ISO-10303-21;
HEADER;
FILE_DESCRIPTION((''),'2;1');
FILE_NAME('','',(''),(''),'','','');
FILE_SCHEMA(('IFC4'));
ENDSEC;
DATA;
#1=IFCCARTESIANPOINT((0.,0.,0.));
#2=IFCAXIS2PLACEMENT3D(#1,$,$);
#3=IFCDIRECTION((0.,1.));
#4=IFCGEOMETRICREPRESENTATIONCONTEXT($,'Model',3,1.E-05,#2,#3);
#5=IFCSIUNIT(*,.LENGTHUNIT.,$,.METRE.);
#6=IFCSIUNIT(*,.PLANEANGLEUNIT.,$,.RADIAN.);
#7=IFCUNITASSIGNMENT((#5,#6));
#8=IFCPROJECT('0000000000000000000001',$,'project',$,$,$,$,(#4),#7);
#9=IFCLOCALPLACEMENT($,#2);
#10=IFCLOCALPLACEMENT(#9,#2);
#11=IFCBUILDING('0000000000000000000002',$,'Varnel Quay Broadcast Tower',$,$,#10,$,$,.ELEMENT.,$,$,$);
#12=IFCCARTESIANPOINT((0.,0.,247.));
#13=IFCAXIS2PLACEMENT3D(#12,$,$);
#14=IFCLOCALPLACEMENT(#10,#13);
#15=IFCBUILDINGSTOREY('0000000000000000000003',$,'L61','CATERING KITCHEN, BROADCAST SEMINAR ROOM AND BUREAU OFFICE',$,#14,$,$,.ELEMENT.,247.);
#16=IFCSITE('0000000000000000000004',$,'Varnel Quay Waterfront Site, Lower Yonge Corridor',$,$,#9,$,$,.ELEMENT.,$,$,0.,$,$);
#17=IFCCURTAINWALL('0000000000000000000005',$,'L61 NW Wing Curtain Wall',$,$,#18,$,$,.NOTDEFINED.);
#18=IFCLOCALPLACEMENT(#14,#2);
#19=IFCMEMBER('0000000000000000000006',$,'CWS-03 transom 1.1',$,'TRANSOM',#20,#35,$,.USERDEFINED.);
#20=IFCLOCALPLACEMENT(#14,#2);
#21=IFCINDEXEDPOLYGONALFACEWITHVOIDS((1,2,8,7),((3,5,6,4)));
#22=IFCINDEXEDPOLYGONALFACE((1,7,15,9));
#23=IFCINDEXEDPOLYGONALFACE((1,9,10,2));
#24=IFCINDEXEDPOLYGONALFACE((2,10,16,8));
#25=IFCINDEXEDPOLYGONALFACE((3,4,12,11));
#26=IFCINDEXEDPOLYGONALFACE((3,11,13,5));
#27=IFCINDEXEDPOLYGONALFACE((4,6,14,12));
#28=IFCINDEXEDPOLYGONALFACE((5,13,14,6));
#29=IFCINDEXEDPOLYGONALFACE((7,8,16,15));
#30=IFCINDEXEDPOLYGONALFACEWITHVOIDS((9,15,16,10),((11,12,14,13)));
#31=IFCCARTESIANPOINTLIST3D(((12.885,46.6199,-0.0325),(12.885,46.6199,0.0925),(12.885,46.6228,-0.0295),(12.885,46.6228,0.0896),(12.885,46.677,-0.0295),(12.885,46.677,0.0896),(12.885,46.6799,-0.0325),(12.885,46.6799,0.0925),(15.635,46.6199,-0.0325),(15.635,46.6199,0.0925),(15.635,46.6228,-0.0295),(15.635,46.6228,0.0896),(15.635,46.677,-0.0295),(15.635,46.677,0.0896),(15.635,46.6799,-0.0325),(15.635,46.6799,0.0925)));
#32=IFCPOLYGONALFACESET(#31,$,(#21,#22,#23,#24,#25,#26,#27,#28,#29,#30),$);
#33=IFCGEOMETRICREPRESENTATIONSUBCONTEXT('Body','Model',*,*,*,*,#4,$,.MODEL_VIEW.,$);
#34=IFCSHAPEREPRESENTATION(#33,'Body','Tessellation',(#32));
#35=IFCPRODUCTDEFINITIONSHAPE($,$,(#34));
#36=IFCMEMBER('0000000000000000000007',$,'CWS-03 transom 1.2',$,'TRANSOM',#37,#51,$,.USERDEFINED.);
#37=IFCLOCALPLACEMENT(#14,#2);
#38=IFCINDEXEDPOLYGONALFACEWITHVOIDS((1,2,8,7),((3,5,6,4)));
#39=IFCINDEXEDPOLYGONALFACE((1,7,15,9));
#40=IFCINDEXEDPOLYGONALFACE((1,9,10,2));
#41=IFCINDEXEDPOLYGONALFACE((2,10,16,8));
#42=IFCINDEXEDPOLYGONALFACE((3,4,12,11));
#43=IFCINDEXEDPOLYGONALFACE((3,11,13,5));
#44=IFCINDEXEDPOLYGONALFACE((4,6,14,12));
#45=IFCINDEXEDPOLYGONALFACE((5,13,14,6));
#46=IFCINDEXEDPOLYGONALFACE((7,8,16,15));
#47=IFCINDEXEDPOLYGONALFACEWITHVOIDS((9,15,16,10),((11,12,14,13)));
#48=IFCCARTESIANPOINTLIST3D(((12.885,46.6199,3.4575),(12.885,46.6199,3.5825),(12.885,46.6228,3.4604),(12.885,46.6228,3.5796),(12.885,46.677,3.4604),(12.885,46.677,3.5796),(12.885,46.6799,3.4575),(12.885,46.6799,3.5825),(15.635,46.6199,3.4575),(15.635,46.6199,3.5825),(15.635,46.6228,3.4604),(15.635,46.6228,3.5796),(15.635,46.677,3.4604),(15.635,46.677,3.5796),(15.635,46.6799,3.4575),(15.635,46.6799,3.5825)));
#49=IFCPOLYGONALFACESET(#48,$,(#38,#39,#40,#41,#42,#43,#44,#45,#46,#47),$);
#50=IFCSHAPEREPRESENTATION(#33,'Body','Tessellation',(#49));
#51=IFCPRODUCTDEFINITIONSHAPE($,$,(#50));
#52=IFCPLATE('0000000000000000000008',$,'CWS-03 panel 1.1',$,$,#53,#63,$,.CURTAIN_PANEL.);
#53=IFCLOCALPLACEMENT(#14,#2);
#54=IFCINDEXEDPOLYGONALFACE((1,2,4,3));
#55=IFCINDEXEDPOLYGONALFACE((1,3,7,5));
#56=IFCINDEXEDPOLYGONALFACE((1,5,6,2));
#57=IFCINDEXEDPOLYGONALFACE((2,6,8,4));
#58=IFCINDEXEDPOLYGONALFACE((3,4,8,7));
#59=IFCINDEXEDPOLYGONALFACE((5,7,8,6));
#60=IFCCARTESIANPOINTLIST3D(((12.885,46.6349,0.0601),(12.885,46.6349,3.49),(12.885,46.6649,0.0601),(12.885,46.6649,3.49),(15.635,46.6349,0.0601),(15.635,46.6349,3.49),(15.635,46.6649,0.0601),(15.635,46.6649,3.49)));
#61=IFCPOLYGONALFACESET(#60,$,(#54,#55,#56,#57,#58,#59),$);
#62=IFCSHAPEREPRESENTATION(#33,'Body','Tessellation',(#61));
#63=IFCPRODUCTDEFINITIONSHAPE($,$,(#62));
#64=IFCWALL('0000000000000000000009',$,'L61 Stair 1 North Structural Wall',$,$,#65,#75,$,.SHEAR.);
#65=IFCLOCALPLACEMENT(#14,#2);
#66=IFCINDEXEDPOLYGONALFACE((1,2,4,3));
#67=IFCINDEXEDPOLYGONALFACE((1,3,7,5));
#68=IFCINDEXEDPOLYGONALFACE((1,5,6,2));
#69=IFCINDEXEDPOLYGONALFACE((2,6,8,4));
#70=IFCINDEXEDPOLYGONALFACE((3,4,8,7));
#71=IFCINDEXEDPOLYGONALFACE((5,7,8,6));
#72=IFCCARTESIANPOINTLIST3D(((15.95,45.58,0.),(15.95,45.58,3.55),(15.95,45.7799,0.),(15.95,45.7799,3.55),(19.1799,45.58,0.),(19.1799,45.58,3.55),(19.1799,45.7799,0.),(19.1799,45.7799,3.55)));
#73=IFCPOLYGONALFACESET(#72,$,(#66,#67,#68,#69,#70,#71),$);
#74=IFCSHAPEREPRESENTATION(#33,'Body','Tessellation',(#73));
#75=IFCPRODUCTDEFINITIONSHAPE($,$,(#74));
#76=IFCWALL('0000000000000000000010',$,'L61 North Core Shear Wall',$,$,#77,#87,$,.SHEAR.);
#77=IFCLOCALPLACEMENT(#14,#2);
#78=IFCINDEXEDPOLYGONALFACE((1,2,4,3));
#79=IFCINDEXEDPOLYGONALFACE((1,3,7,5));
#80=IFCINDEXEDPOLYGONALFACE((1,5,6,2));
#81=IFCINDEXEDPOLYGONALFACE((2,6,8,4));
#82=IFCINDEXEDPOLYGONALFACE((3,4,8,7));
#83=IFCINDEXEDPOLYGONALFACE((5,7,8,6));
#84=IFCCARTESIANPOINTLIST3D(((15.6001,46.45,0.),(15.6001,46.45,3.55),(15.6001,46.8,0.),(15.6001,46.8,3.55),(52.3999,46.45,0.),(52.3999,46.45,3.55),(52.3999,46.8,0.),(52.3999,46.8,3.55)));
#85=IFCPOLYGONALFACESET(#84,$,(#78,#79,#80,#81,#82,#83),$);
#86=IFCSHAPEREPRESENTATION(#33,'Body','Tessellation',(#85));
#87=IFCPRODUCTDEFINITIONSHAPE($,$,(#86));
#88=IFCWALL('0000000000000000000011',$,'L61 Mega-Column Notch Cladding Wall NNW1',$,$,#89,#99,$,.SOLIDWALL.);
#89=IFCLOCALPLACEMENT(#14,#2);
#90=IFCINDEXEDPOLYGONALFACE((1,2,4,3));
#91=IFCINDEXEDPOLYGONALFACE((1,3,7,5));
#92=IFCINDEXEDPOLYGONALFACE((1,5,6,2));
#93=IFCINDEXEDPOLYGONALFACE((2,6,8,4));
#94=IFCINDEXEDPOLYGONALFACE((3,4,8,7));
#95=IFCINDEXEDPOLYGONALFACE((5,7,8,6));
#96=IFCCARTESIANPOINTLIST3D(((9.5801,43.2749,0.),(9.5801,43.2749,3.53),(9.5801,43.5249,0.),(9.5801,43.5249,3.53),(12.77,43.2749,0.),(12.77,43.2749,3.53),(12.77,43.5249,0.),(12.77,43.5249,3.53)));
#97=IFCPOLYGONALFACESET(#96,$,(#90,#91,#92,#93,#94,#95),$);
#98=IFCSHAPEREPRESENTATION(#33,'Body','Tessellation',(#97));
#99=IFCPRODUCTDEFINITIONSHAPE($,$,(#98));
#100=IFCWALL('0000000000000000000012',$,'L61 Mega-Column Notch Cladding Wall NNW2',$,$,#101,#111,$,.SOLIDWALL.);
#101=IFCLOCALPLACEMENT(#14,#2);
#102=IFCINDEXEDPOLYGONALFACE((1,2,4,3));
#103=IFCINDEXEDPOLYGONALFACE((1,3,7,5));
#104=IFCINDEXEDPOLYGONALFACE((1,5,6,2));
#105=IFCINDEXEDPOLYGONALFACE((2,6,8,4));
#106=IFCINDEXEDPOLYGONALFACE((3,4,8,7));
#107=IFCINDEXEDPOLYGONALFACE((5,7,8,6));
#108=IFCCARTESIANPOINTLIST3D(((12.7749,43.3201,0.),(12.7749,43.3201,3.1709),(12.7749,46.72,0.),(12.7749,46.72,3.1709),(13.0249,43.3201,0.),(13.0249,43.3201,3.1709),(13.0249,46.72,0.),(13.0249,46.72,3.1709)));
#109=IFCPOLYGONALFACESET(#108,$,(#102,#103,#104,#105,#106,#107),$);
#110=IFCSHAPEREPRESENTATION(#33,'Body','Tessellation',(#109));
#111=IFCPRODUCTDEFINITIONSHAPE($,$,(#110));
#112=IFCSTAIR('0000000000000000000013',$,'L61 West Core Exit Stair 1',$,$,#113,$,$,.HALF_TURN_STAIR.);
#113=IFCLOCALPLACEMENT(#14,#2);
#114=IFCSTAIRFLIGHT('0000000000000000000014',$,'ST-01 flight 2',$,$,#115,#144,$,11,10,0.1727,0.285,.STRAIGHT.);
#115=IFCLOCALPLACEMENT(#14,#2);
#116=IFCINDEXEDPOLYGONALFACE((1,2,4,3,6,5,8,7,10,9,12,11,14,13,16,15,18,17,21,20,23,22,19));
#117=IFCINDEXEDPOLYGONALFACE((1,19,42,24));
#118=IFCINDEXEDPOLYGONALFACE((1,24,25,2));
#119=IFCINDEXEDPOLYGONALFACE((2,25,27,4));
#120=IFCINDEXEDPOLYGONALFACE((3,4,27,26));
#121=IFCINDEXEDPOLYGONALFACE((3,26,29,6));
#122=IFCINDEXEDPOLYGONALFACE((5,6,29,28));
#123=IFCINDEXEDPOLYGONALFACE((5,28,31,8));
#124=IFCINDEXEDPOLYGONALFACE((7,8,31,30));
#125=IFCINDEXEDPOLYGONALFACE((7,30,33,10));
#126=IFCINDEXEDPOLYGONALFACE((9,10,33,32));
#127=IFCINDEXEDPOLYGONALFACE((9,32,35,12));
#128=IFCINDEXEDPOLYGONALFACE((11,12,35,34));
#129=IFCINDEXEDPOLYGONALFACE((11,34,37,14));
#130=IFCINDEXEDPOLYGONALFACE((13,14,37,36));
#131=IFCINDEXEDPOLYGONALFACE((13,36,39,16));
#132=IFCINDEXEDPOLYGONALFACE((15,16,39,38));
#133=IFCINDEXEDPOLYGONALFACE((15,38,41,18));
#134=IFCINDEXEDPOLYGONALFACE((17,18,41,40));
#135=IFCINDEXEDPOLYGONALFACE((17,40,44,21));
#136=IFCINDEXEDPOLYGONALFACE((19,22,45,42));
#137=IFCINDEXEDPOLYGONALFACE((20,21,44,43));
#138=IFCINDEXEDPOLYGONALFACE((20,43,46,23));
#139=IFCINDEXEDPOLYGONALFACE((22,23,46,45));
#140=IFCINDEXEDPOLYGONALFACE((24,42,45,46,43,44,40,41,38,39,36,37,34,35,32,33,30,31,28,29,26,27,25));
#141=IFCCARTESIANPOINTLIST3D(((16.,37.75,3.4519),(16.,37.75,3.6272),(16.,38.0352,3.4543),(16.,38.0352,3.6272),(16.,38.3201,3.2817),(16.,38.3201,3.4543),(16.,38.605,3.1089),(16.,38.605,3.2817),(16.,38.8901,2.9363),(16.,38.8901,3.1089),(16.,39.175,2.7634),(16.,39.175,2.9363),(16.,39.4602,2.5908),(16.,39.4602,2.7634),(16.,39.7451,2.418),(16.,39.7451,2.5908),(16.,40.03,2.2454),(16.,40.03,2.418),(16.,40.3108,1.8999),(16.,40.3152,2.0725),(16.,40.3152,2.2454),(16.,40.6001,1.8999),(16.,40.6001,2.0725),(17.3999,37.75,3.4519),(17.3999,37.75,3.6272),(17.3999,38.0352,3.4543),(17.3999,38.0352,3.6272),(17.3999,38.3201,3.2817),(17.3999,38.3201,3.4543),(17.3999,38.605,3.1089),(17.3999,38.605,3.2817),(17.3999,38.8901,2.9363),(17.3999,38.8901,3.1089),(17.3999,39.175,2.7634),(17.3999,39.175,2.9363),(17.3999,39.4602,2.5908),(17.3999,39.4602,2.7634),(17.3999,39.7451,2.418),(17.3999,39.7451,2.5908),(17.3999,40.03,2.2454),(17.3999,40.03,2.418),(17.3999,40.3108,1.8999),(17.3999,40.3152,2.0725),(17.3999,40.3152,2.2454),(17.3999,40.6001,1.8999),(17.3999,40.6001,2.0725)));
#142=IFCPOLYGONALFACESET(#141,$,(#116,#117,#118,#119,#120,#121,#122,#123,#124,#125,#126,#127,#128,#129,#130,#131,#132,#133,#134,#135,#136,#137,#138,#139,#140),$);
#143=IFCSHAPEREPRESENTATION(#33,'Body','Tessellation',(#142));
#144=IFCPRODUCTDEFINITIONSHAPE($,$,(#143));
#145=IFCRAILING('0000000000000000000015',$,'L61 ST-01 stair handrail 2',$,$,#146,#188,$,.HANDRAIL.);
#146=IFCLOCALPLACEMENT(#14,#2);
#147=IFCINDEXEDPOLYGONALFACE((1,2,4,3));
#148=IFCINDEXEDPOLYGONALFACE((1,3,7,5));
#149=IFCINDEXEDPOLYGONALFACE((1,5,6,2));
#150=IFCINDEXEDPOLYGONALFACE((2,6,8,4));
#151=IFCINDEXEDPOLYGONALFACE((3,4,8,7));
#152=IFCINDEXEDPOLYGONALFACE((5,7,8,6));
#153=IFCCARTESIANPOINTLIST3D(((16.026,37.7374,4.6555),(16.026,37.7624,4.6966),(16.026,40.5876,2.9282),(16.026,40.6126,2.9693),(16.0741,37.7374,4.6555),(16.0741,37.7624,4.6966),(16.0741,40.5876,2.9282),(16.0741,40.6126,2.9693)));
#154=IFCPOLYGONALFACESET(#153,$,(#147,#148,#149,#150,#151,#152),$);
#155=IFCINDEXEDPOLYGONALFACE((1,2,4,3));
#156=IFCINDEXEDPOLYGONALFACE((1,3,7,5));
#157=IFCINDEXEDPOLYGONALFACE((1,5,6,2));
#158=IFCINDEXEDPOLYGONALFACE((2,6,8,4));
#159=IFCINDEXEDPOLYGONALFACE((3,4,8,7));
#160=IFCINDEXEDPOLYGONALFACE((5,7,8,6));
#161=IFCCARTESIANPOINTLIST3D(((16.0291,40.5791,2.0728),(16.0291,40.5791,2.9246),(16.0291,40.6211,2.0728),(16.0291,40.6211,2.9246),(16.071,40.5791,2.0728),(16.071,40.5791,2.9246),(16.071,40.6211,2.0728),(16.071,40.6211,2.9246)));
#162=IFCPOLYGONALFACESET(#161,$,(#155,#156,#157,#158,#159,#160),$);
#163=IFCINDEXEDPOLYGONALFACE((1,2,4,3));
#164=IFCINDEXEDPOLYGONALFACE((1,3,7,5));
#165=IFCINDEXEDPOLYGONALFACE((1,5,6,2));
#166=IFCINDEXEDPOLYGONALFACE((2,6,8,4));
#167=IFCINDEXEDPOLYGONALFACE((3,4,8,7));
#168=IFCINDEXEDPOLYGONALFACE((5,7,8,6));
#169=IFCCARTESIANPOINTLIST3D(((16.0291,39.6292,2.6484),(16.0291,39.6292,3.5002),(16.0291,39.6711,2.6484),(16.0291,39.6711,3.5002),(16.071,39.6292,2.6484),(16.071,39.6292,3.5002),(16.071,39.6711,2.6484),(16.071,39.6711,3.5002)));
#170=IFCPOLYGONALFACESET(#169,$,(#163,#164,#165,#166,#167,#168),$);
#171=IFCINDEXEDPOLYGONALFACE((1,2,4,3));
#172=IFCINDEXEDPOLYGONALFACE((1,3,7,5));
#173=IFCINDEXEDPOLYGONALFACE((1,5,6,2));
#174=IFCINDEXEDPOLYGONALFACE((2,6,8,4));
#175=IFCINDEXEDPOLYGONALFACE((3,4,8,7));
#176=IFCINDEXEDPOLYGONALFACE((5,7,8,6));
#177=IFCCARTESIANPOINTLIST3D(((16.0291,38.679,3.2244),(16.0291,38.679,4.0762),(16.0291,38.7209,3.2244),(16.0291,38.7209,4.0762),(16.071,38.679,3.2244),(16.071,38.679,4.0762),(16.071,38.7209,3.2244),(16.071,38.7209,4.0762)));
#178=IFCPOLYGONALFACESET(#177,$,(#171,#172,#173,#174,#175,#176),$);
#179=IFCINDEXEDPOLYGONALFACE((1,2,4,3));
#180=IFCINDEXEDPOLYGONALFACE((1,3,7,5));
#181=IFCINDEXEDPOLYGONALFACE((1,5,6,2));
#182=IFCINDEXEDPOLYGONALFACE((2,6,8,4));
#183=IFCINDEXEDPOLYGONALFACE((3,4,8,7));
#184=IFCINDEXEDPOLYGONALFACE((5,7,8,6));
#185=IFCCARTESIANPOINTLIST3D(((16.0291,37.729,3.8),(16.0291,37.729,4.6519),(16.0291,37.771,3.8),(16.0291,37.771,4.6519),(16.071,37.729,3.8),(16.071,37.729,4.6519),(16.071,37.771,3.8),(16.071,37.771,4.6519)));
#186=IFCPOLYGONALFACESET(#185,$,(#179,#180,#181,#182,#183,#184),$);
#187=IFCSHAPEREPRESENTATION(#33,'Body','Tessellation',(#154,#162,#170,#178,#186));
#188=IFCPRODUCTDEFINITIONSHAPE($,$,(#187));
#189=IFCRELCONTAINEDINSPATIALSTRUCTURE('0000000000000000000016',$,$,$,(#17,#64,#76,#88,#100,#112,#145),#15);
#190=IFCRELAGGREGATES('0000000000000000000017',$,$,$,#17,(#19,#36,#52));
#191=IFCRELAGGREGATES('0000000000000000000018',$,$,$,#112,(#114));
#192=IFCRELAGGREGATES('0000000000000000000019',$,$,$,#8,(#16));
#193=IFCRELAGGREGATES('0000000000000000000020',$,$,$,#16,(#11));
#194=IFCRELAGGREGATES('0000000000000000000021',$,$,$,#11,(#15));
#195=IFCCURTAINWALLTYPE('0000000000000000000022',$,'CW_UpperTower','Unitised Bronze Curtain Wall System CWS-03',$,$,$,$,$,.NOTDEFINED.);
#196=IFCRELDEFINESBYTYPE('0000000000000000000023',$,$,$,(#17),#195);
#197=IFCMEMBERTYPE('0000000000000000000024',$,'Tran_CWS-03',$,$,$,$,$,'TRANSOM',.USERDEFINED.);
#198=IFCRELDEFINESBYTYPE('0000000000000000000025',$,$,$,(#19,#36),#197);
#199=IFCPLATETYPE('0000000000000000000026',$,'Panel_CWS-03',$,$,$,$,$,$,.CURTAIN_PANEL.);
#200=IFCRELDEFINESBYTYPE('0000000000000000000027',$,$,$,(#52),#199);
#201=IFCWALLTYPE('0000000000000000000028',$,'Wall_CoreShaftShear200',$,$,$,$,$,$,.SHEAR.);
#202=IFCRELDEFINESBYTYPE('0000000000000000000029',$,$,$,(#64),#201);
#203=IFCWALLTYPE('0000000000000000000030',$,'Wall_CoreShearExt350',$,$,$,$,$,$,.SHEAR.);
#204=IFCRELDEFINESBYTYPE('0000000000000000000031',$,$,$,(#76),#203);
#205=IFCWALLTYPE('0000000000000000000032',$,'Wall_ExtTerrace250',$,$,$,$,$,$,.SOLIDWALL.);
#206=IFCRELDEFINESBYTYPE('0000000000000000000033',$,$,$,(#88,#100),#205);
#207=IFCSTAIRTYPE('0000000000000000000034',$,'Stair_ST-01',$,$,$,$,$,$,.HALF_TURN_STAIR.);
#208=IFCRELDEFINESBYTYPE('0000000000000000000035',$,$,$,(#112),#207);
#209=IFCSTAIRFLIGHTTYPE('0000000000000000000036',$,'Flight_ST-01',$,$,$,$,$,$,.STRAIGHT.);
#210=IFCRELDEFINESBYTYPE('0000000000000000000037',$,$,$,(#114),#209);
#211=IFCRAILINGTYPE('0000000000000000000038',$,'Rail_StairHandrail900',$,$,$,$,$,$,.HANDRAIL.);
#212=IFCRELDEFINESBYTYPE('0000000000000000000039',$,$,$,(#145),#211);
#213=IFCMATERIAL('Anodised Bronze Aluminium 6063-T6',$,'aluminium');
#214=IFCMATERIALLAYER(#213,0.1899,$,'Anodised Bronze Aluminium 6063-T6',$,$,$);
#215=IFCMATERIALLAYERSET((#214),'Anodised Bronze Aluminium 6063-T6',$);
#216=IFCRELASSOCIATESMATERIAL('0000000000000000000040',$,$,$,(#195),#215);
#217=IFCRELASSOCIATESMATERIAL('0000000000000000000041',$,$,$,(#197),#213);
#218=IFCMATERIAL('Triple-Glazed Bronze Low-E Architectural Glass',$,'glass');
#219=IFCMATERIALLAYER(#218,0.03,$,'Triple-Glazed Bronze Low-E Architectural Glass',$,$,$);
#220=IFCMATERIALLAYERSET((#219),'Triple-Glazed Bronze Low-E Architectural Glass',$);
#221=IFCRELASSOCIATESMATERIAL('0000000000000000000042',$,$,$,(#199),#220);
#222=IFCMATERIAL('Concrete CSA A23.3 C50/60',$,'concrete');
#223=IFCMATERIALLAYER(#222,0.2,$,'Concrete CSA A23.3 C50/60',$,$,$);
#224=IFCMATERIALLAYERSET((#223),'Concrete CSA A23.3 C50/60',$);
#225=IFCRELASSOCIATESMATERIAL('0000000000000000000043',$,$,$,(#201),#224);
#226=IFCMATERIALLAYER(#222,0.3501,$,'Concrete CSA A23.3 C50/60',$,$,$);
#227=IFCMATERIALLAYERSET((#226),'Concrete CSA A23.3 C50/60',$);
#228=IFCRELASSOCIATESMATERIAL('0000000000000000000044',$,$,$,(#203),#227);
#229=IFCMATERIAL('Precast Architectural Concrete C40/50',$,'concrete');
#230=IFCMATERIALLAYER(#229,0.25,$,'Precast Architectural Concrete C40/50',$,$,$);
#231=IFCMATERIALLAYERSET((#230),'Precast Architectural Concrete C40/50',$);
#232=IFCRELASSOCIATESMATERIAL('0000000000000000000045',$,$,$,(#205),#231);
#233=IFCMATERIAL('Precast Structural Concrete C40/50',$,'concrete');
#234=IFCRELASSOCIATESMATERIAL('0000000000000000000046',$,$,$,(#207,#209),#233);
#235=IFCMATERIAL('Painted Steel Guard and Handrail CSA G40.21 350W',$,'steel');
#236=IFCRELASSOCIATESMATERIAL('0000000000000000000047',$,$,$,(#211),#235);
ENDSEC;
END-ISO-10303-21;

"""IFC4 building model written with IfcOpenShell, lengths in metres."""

from ifc_helpers import new_model, si_unit, direction, frame, frame_2d, origin, origin_2d, place, context, subcontext, project, spatial, polyline, rectangle, hollow_rectangle, outline, extrude, source, transform, mapped, material, layer, layer_set, material_profile, profile_set, type_object, type_shapes, element, aggregate, save


model = new_model("IFC4")

# Units and contexts
model_context = context("Model", 3, precision=1e-05, world=origin(), true_north=direction((0.0, 1.0)))
body_context = subcontext(model_context, "Body", "Model", "MODEL_VIEW")
ifc_project = project(units=[si_unit("LENGTHUNIT", "METRE"), si_unit("PLANEANGLEUNIT", "RADIAN")], contexts=[model_context])

# Site, building, storey
site_placement = place(None, origin())
site = spatial("IfcSite", under=ifc_project, at=site_placement, Name="Varnel Quay Waterfront Site, Lower Yonge Corridor", CompositionType="ELEMENT", RefElevation=0.0)
building_placement = place(site_placement, origin())
building = spatial("IfcBuilding", under=site, at=building_placement, Name="Varnel Quay Broadcast Tower", CompositionType="ELEMENT")
storey_placement = place(building_placement, frame((0.0, 0.0, 247.0)))
storey = spatial("IfcBuildingStorey", under=building, at=storey_placement, Name="L61", Description="CATERING KITCHEN, BROADCAST SEMINAR ROOM AND BUREAU OFFICE", CompositionType="ELEMENT", Elevation=247.0)

# Shared definitions
ifc_material_1 = material(Name="Anodised Bronze Aluminium 6063-T6", Category="aluminium")
ifc_layer_1 = layer(ifc_material_1, 0.1899, Name="Anodised Bronze Aluminium 6063-T6")
ifc_layer_set_1 = layer_set([ifc_layer_1], Name="Anodised Bronze Aluminium 6063-T6")
curtain_wall_type = type_object("IfcCurtainWallType", Name="CW_UpperTower", Description="Unitised Bronze Curtain Wall System CWS-03", PredefinedType="NOTDEFINED", material=ifc_layer_set_1)

# Curtain wall, members, plate
curtain_wall_1_placement = place(storey_placement, origin())
curtain_wall_1 = element("IfcCurtainWall", 1, at=curtain_wall_1_placement, inside=storey, type_object=curtain_wall_type, Name="L61 NW Wing Curtain Wall", PredefinedType="NOTDEFINED")
ifc_material_profile_1 = material_profile(ifc_material_1, hollow_rectangle(XDim=0.0601, YDim=0.125, WallThickness=0.0029, at=origin_2d()), Name="ALU60X125X3")
ifc_profile_set_1 = profile_set([ifc_material_profile_1], Name="Anodised Bronze Aluminium 6063-T6")
member_type_1 = type_object("IfcMemberType", Name="Tran_CWS-03", ElementType="TRANSOM", PredefinedType="USERDEFINED", material=ifc_profile_set_1)
shared_shape_1 = source(origin(), body_context, "Body", "SweptSolid", [
    extrude(hollow_rectangle(XDim=0.0601, YDim=0.125, WallThickness=0.0029, at=origin_2d()), origin(), (0.0, 0.0, 1.0), 2.75),
])
type_shapes(member_type_1, [shared_shape_1])
member_1_placement = place(storey_placement, frame((12.885, 46.6499, 0.03), z_axis=(1.0, 0.0, 0.0), x_axis=(0.0, 1.0, 0.0)))
member_1 = element("IfcMember", 2, at=member_1_placement, type_object=member_type_1, Name="CWS-03 transom 1.1", ObjectType="TRANSOM", PredefinedType="USERDEFINED", context=body_context, shape_type="MappedRepresentation", body=[
    mapped(shared_shape_1, transform((0.0, 0.0, 0.0), x_axis=(1.0, 0.0, 0.0), y_axis=(0.0, 1.0, 0.0), z_axis=(0.0, 0.0, 1.0), scale=1.0)),
])
member_2_placement = place(storey_placement, frame((12.885, 46.6499, 3.52), z_axis=(1.0, 0.0, 0.0), x_axis=(0.0, 1.0, 0.0)))
member_2 = element("IfcMember", 3, at=member_2_placement, type_object=member_type_1, Name="CWS-03 transom 1.2", ObjectType="TRANSOM", PredefinedType="USERDEFINED", context=body_context, shape_type="MappedRepresentation", body=[
    mapped(shared_shape_1, transform((0.0, 0.0, 0.0), x_axis=(1.0, 0.0, 0.0), y_axis=(0.0, 1.0, 0.0), z_axis=(0.0, 0.0, 1.0), scale=1.0)),
])
ifc_material_2 = material(Name="Triple-Glazed Bronze Low-E Architectural Glass", Category="glass")
ifc_layer_2 = layer(ifc_material_2, 0.03, Name="Triple-Glazed Bronze Low-E Architectural Glass")
ifc_layer_set_2 = layer_set([ifc_layer_2], Name="Triple-Glazed Bronze Low-E Architectural Glass")
plate_type = type_object("IfcPlateType", Name="Panel_CWS-03", PredefinedType="CURTAIN_PANEL", material=ifc_layer_set_2)
shared_shape_2 = source(origin(), body_context, "Body", "SweptSolid", [
    extrude(rectangle(XDim=2.75, YDim=0.03, at=origin_2d()), origin(), (0.0, 0.0, 1.0), 3.4299),
])
type_shapes(plate_type, [shared_shape_2])
plate_placement = place(storey_placement, frame((14.26, 46.6499, 0.0601), z_axis=(0.0, 0.0, 1.0), x_axis=(1.0, 0.0, 0.0)))
plate = element("IfcPlate", 4, at=plate_placement, type_object=plate_type, Name="CWS-03 panel 1.1", PredefinedType="CURTAIN_PANEL", context=body_context, shape_type="MappedRepresentation", body=[
    mapped(shared_shape_2, transform((0.0, 0.0, 0.0), x_axis=(1.0, 0.0, 0.0), y_axis=(0.0, 1.0, 0.0), z_axis=(0.0, 0.0, 1.0), scale=1.0)),
])
aggregate(curtain_wall_1, [member_1, member_2, plate])

# Walls
ifc_material_3 = material(Name="Concrete CSA A23.3 C50/60", Category="concrete")
ifc_layer_3 = layer(ifc_material_3, 0.2, Name="Concrete CSA A23.3 C50/60")
ifc_layer_set_3 = layer_set([ifc_layer_3], Name="Concrete CSA A23.3 C50/60")
wall_type_1 = type_object("IfcWallType", Name="Wall_CoreShaftShear200", PredefinedType="SHEAR", material=ifc_layer_set_3)
wall_1_placement = place(storey_placement, frame((15.95, 45.6799, 0.0), z_axis=(0.0, 0.0, 1.0), x_axis=(1.0, 0.0, 0.0)))
element("IfcWall", 5, at=wall_1_placement, inside=storey, type_object=wall_type_1, Name="L61 Stair 1 North Structural Wall", PredefinedType="SHEAR", context=body_context, shape_type="SweptSolid", body=[
    extrude(rectangle(XDim=3.23, YDim=0.2, at=frame_2d((1.615, 0.0))), origin(), (0.0, 0.0, 1.0), 3.55),
])
ifc_layer_4 = layer(ifc_material_3, 0.3501, Name="Concrete CSA A23.3 C50/60")
ifc_layer_set_4 = layer_set([ifc_layer_4], Name="Concrete CSA A23.3 C50/60")
wall_type_2 = type_object("IfcWallType", Name="Wall_CoreShearExt350", PredefinedType="SHEAR", material=ifc_layer_set_4)
wall_2_placement = place(storey_placement, frame((15.6001, 46.625, 0.0), z_axis=(0.0, 0.0, 1.0), x_axis=(1.0, 0.0, 0.0)))
element("IfcWall", 6, at=wall_2_placement, inside=storey, type_object=wall_type_2, Name="L61 North Core Shear Wall", PredefinedType="SHEAR", context=body_context, shape_type="SweptSolid", body=[
    extrude(rectangle(XDim=36.7998, YDim=0.3501, at=frame_2d((18.3999, 0.0))), origin(), (0.0, 0.0, 1.0), 3.55),
])
ifc_material_4 = material(Name="Precast Architectural Concrete C40/50", Category="concrete")
ifc_layer_5 = layer(ifc_material_4, 0.25, Name="Precast Architectural Concrete C40/50")
ifc_layer_set_5 = layer_set([ifc_layer_5], Name="Precast Architectural Concrete C40/50")
wall_type_3 = type_object("IfcWallType", Name="Wall_ExtTerrace250", PredefinedType="SOLIDWALL", material=ifc_layer_set_5)
wall_3_placement = place(storey_placement, frame((9.5801, 43.3999, 0.0), z_axis=(0.0, 0.0, 1.0), x_axis=(1.0, 0.0, 0.0)))
element("IfcWall", 7, at=wall_3_placement, inside=storey, type_object=wall_type_3, Name="L61 Mega-Column Notch Cladding Wall NNW1", PredefinedType="SOLIDWALL", context=body_context, shape_type="SweptSolid", body=[
    extrude(rectangle(XDim=3.1899, YDim=0.25, at=frame_2d((1.595, 0.0))), origin(), (0.0, 0.0, 1.0), 3.53),
])
wall_4_placement = place(storey_placement, frame((12.8999, 43.3201, 0.0), z_axis=(0.0, 0.0, 1.0), x_axis=(0.0, 1.0, 0.0)))
element("IfcWall", 8, at=wall_4_placement, inside=storey, type_object=wall_type_3, Name="L61 Mega-Column Notch Cladding Wall NNW2", PredefinedType="SOLIDWALL", context=body_context, shape_type="SweptSolid", body=[
    extrude(rectangle(XDim=3.3999, YDim=0.25, at=frame_2d((1.7, 0.0))), origin(), (0.0, 0.0, 1.0), 3.1709),
])

# Stair, stair flight
ifc_material_5 = material(Name="Precast Structural Concrete C40/50", Category="concrete")
stair_type = type_object("IfcStairType", Name="Stair_ST-01", PredefinedType="HALF_TURN_STAIR", material=ifc_material_5)
stair_placement = place(storey_placement, origin())
stair = element("IfcStair", 9, at=stair_placement, inside=storey, type_object=stair_type, Name="L61 West Core Exit Stair 1", PredefinedType="HALF_TURN_STAIR")
stair_flight_type = type_object("IfcStairFlightType", Name="Flight_ST-01", PredefinedType="STRAIGHT", material=ifc_material_5)
stair_flight_placement = place(storey_placement, frame((16.7, 40.6001, 1.8999), z_axis=(0.0, 0.0, 1.0), x_axis=(0.0, -1.0, 0.0)))
stair_flight = element("IfcStairFlight", 10, at=stair_flight_placement, type_object=stair_flight_type, Name="ST-01 flight 2", NumberOfRisers=11, NumberOfTreads=10, PredefinedType="STRAIGHT", RiserHeight=0.1727, TreadLength=0.285, context=body_context, shape_type="SweptSolid", body=[
    extrude(outline(polyline([(0.0, 0.0), (0.0, 0.1726), (0.2849, 0.1726), (0.2849, 0.3455), (0.5701, 0.3455), (0.5701, 0.5181), (0.855, 0.5181), (0.855, 0.6909), (1.1399, 0.6909), (1.1399, 0.8635), (1.425, 0.8635), (1.425, 1.0364), (1.71, 1.0364), (1.71, 1.209), (1.9951, 1.209), (1.9951, 1.3818), (2.28, 1.3818), (2.28, 1.5544), (2.5649, 1.5544), (2.5649, 1.7273), (2.8501, 1.7273), (2.8501, 1.8999), (2.8501, 1.552), (0.2893, 0.0), (0.0, 0.0)])), frame((0.0, 0.7, 0.0), z_axis=(0.0, -1.0, 0.0), x_axis=(1.0, 0.0, 0.0)), (0.0, 0.0, 1.0), 1.3999),
])
aggregate(stair, [stair_flight])

# Railing
ifc_material_6 = material(Name="Painted Steel Guard and Handrail CSA G40.21 350W", Category="steel")
railing_type = type_object("IfcRailingType", Name="Rail_StairHandrail900", PredefinedType="HANDRAIL", material=ifc_material_6)
railing_placement = place(storey_placement, frame((16.05, 40.6001, 2.0728)))
element("IfcRailing", 11, at=railing_placement, inside=storey, type_object=railing_type, Name="L61 ST-01 stair handrail 2", PredefinedType="HANDRAIL", context=body_context, shape_type="SweptSolid", body=[
    extrude(rectangle(XDim=0.0481, YDim=0.0481, at=origin_2d()), frame((0.0, 0.0, 0.876), z_axis=(0.0, -0.855203, 0.518294), x_axis=(1.0, 0.0, 0.0)), (0.0, 0.0, 1.0), 3.3328),
    extrude(rectangle(XDim=0.042, YDim=0.042, at=origin_2d()), origin(), (0.0, 0.0, 1.0), 0.8518),
    extrude(rectangle(XDim=0.042, YDim=0.042, at=origin_2d()), frame((0.0, -0.95, 0.5757)), (0.0, 0.0, 1.0), 0.8518),
    extrude(rectangle(XDim=0.042, YDim=0.042, at=origin_2d()), frame((0.0, -1.9001, 1.1516)), (0.0, 0.0, 1.0), 0.8518),
    extrude(rectangle(XDim=0.042, YDim=0.042, at=origin_2d()), frame((0.0, -2.8501, 1.7273)), (0.0, 0.0, 1.0), 0.8518),
])

save(model, "model.ifc")
